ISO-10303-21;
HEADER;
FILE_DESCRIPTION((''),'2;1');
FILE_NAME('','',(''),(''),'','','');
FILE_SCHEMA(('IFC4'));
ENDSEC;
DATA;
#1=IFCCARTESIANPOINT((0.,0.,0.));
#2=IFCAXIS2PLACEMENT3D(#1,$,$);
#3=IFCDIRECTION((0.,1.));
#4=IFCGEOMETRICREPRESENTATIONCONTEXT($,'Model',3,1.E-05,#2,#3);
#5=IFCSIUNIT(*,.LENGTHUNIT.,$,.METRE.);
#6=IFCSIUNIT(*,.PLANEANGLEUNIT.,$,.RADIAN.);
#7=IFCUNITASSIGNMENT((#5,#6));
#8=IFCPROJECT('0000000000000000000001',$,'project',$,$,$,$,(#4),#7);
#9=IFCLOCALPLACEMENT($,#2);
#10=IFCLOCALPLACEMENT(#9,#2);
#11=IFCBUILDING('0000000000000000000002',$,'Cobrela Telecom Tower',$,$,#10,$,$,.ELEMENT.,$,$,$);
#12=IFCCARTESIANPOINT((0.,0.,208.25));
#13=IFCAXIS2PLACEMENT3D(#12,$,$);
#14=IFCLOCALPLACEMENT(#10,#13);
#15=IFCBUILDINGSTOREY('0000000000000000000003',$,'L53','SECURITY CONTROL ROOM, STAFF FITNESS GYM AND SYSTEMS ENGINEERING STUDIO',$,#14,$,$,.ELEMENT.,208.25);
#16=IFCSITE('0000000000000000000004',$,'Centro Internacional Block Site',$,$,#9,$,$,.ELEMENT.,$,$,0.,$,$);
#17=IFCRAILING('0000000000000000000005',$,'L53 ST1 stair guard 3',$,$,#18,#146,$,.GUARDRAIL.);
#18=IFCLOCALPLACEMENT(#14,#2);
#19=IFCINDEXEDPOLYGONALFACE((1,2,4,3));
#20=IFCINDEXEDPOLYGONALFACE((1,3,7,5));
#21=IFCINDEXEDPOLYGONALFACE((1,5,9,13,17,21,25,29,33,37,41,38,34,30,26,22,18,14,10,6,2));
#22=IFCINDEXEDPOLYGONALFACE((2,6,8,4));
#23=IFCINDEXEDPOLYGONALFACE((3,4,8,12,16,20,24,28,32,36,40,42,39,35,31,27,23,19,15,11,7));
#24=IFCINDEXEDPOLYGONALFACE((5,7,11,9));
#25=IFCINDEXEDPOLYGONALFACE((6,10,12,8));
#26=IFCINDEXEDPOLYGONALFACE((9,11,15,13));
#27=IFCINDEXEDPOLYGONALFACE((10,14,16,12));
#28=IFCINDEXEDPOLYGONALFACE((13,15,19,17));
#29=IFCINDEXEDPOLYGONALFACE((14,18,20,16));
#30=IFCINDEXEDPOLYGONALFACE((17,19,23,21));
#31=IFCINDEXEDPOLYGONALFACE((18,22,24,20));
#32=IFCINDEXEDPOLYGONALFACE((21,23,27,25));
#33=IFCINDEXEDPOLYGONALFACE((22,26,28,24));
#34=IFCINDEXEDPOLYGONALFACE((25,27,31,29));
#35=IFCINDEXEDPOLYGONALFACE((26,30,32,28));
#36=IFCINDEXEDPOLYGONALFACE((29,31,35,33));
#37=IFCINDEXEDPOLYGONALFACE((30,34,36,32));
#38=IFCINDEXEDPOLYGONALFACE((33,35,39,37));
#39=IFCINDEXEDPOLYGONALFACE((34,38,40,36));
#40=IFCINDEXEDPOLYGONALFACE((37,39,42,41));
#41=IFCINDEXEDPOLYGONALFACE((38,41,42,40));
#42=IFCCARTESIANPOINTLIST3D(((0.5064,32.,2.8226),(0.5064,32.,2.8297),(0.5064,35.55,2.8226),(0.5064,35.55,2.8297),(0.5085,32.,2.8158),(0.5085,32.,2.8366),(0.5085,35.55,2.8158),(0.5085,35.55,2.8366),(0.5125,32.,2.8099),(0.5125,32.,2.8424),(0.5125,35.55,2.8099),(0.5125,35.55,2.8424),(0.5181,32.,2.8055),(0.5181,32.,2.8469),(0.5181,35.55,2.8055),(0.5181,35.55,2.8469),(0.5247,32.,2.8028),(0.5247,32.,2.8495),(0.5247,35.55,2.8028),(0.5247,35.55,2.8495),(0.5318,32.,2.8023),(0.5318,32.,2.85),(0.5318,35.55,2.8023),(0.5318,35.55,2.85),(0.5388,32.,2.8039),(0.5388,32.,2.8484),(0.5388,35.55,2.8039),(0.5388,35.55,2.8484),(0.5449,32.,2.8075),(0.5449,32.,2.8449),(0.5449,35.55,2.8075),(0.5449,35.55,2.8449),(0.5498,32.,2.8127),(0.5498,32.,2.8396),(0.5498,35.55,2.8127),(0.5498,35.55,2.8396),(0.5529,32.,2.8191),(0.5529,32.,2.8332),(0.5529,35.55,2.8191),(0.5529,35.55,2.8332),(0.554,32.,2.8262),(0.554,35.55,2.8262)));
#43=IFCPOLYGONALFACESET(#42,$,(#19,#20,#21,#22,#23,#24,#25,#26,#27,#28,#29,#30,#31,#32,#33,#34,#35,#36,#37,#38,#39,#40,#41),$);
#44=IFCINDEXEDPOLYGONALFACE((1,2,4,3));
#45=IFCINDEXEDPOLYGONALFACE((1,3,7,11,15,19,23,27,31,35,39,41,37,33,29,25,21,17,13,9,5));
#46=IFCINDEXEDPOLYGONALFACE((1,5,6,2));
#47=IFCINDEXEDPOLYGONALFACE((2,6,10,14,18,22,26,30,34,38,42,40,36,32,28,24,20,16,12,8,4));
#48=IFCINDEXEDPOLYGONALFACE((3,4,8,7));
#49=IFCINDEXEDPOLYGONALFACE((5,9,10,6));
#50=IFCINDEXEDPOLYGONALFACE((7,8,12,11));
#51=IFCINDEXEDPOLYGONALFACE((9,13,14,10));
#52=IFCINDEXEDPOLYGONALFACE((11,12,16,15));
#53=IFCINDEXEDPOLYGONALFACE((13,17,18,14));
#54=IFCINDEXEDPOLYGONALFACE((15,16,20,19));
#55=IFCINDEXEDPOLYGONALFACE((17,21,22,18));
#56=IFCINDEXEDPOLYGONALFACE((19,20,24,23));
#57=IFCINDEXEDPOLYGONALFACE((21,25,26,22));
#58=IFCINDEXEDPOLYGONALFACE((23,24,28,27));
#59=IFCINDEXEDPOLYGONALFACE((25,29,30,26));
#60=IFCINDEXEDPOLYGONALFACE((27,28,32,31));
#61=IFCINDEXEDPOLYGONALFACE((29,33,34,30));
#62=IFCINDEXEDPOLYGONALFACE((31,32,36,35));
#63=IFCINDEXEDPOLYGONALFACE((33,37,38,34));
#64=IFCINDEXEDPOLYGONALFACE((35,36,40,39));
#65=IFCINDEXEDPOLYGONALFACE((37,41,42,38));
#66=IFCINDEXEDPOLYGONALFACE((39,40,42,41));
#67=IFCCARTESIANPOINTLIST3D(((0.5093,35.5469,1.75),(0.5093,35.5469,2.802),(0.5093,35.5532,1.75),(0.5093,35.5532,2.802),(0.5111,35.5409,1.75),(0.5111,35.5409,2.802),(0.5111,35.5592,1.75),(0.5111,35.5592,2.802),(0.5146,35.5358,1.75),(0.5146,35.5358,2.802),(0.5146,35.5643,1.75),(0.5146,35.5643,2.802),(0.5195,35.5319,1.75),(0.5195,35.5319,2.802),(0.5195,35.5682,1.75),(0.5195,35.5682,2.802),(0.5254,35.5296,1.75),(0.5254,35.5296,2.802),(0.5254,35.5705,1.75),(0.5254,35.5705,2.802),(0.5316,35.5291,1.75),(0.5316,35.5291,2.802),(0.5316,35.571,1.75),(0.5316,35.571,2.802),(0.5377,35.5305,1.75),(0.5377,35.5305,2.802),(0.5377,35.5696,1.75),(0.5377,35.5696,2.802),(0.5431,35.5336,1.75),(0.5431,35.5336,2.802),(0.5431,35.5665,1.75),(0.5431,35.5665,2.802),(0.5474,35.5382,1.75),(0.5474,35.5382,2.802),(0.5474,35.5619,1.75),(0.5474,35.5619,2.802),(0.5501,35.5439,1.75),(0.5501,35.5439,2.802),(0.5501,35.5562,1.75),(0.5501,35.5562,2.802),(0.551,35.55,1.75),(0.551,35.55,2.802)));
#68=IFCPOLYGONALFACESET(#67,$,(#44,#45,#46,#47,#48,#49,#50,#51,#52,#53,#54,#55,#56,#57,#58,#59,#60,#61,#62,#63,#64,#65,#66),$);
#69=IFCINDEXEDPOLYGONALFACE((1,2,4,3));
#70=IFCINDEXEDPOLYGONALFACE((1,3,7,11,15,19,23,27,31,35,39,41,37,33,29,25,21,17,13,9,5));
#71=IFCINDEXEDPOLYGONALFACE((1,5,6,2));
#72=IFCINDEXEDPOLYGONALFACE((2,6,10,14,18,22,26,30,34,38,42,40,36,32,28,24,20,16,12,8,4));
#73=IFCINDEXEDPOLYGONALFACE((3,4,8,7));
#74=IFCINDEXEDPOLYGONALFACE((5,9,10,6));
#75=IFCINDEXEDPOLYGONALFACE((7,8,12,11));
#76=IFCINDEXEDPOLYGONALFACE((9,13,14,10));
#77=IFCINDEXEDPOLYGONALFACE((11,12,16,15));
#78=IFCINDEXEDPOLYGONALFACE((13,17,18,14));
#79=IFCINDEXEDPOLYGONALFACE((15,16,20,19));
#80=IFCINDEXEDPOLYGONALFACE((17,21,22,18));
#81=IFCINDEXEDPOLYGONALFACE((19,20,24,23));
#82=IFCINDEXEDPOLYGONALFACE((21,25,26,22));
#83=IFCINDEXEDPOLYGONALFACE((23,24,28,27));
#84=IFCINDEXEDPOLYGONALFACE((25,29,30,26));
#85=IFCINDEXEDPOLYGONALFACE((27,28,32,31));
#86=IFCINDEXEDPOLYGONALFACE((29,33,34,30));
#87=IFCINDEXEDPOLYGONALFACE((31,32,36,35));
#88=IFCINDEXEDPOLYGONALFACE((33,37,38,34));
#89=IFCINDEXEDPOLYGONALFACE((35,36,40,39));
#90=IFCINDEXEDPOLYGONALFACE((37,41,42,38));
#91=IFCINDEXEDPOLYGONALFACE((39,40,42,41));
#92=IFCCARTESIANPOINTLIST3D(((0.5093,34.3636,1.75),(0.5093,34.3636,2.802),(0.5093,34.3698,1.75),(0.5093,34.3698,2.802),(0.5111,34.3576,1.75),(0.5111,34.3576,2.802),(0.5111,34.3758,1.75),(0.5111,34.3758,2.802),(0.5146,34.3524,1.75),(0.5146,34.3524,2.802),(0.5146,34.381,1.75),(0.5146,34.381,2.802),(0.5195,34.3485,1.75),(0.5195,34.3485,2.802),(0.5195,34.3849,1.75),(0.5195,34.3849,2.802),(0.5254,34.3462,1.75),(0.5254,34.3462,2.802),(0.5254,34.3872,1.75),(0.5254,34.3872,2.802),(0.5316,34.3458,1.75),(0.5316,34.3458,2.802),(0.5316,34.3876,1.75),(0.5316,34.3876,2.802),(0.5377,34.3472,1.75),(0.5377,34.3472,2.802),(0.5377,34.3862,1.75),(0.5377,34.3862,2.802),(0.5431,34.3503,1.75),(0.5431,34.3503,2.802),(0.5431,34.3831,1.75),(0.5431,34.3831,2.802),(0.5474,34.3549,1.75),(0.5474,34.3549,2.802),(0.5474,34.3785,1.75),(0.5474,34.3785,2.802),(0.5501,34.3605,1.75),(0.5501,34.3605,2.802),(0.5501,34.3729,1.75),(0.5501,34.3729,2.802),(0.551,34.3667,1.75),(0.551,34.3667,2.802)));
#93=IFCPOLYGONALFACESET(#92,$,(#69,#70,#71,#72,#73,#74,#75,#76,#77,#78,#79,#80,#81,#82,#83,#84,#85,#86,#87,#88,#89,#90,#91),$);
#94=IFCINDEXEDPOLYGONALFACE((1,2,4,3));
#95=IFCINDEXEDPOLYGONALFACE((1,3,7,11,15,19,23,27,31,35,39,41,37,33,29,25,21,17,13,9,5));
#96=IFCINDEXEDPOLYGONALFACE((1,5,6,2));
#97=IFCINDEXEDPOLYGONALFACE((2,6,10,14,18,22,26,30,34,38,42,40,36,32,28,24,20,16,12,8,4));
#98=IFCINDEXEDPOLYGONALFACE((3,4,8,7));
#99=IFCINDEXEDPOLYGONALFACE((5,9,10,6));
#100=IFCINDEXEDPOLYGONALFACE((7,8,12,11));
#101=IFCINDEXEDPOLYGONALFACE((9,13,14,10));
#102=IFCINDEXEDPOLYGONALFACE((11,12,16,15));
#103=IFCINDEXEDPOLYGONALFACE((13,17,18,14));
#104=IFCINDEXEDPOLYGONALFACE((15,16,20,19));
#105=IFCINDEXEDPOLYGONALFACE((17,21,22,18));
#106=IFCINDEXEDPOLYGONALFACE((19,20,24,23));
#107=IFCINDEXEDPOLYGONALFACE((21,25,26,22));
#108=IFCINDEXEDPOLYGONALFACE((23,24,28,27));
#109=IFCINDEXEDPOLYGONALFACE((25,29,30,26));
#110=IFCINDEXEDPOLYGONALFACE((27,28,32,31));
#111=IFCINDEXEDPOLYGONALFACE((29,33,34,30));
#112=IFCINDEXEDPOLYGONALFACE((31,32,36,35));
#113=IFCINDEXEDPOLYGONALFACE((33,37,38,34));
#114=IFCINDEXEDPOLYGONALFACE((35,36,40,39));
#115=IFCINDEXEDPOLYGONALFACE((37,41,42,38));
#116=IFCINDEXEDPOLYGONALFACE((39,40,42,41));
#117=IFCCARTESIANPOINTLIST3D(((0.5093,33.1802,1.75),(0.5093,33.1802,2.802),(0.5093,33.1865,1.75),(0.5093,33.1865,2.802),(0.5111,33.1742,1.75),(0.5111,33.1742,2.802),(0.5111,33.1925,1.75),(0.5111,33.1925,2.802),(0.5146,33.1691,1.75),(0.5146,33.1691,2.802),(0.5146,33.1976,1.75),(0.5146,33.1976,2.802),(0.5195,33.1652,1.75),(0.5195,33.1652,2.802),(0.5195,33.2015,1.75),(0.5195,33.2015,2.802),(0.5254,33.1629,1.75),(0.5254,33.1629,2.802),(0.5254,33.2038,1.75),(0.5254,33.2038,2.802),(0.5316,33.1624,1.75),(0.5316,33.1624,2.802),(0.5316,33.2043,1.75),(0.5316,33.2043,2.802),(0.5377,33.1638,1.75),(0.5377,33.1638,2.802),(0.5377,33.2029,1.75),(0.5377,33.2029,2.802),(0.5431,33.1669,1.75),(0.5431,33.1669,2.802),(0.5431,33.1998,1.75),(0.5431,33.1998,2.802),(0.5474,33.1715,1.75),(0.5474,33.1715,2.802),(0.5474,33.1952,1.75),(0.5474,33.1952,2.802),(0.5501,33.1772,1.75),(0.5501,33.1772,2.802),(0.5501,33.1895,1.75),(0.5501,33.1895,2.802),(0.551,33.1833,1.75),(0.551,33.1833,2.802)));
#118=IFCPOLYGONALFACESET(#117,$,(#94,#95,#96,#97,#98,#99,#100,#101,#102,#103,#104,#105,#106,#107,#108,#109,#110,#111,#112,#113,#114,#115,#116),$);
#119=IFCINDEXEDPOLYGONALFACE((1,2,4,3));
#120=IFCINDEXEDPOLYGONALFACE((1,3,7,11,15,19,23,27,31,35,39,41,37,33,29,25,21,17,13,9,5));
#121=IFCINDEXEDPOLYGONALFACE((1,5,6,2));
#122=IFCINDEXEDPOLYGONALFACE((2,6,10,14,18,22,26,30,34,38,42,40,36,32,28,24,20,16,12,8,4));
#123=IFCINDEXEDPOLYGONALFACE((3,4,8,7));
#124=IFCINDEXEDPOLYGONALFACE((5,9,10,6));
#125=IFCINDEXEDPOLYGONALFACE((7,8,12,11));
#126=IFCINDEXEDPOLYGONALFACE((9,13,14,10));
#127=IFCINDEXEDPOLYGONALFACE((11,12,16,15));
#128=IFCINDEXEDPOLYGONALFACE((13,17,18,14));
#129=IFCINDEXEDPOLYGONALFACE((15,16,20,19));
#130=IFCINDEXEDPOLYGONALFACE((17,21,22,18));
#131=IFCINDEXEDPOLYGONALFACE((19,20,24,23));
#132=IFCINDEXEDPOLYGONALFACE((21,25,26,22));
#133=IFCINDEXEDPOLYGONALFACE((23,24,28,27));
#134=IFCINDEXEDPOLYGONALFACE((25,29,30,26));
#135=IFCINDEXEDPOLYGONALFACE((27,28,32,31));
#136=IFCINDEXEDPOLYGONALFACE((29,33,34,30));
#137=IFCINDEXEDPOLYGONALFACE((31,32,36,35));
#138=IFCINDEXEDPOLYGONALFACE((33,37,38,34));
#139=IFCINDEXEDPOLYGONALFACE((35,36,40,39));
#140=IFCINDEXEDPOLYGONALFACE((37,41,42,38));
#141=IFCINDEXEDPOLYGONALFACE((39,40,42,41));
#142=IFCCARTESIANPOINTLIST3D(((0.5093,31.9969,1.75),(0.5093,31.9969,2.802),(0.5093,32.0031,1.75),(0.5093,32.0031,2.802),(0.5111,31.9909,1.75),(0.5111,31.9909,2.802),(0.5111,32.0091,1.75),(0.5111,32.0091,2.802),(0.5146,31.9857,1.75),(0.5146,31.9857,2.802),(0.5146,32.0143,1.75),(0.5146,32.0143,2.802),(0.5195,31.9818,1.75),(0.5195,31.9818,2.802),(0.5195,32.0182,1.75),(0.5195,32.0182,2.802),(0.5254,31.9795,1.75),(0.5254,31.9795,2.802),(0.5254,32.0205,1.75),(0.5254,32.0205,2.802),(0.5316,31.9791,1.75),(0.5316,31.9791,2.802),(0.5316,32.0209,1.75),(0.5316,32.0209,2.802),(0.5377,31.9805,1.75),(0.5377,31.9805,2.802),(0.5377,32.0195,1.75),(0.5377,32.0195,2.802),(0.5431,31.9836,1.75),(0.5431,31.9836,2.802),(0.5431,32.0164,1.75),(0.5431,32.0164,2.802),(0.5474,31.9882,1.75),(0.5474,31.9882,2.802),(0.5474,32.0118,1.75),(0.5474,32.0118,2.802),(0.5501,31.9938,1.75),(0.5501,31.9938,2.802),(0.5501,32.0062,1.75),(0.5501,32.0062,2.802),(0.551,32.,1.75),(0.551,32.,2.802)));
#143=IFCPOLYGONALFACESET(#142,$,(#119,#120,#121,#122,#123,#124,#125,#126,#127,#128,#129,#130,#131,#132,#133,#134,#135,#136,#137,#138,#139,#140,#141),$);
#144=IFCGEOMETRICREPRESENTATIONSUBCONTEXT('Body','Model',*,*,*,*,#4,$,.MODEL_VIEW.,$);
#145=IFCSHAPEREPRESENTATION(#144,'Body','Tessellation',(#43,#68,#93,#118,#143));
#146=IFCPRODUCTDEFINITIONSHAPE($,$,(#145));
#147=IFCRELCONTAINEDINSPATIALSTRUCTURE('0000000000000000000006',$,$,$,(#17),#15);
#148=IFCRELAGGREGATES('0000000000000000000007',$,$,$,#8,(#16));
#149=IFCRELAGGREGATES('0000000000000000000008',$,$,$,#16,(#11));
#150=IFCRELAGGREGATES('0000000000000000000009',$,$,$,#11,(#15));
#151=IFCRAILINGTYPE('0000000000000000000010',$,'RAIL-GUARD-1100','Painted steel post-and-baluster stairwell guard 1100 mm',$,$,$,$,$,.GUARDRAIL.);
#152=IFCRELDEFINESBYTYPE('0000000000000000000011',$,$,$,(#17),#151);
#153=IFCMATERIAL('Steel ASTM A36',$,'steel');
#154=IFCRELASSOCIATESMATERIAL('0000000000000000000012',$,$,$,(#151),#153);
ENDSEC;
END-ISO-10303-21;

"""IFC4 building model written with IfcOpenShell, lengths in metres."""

from ifc_helpers import new_model, si_unit, direction, frame, origin, origin_2d, place, context, subcontext, project, spatial, circle, extrude, material, type_object, element, save


model = new_model("IFC4")

# Units and contexts
model_context = context("Model", 3, precision=1e-05, world=origin(), true_north=direction((0.0, 1.0)))
body_context = subcontext(model_context, "Body", "Model", "MODEL_VIEW")
ifc_project = project(units=[si_unit("LENGTHUNIT", "METRE"), si_unit("PLANEANGLEUNIT", "RADIAN")], contexts=[model_context])

# Site, building, storey
site_placement = place(None, origin())
site = spatial("IfcSite", under=ifc_project, at=site_placement, Name="Centro Internacional Block Site", CompositionType="ELEMENT", RefElevation=0.0)
building_placement = place(site_placement, origin())
building = spatial("IfcBuilding", under=site, at=building_placement, Name="Cobrela Telecom Tower", CompositionType="ELEMENT")
storey_placement = place(building_placement, frame((0.0, 0.0, 208.25)))
storey = spatial("IfcBuildingStorey", under=building, at=storey_placement, Name="L53", Description="SECURITY CONTROL ROOM, STAFF FITNESS GYM AND SYSTEMS ENGINEERING STUDIO", CompositionType="ELEMENT", Elevation=208.25)

# Shared definitions
ifc_material_1 = material(Name="Steel ASTM A36", Category="steel")

# Railing
railing_type_1 = type_object("IfcRailingType", Name="RAIL-GUARD-1100", Description="Painted steel post-and-baluster stairwell guard 1100 mm", PredefinedType="GUARDRAIL", material=ifc_material_1)
railing_1_placement = place(storey_placement, frame((0.53, 35.55, 1.75)))
element("IfcRailing", 1, at=railing_1_placement, inside=storey, type_object=railing_type_1, Name="L53 ST1 stair guard 3", PredefinedType="GUARDRAIL", context=body_context, shape_type="SweptSolid", body=[
    extrude(circle(Radius=0.0239, at=origin_2d()), frame((0.0, 0.0, 1.0762), z_axis=(0.0, -1.0, 0.0), x_axis=(1.0, 0.0, 0.0)), (0.0, 0.0, 1.0), 3.55),
    extrude(circle(Radius=0.021, at=origin_2d()), origin(), (0.0, 0.0, 1.0), 1.052),
    extrude(circle(Radius=0.021, at=origin_2d()), frame((0.0, -1.1833, 0.0)), (0.0, 0.0, 1.0), 1.052),
    extrude(circle(Radius=0.021, at=origin_2d()), frame((0.0, -2.3667, 0.0)), (0.0, 0.0, 1.0), 1.052),
    extrude(circle(Radius=0.021, at=origin_2d()), frame((0.0, -3.55, 0.0)), (0.0, 0.0, 1.0), 1.052),
])

save(model, "model.ifc")
